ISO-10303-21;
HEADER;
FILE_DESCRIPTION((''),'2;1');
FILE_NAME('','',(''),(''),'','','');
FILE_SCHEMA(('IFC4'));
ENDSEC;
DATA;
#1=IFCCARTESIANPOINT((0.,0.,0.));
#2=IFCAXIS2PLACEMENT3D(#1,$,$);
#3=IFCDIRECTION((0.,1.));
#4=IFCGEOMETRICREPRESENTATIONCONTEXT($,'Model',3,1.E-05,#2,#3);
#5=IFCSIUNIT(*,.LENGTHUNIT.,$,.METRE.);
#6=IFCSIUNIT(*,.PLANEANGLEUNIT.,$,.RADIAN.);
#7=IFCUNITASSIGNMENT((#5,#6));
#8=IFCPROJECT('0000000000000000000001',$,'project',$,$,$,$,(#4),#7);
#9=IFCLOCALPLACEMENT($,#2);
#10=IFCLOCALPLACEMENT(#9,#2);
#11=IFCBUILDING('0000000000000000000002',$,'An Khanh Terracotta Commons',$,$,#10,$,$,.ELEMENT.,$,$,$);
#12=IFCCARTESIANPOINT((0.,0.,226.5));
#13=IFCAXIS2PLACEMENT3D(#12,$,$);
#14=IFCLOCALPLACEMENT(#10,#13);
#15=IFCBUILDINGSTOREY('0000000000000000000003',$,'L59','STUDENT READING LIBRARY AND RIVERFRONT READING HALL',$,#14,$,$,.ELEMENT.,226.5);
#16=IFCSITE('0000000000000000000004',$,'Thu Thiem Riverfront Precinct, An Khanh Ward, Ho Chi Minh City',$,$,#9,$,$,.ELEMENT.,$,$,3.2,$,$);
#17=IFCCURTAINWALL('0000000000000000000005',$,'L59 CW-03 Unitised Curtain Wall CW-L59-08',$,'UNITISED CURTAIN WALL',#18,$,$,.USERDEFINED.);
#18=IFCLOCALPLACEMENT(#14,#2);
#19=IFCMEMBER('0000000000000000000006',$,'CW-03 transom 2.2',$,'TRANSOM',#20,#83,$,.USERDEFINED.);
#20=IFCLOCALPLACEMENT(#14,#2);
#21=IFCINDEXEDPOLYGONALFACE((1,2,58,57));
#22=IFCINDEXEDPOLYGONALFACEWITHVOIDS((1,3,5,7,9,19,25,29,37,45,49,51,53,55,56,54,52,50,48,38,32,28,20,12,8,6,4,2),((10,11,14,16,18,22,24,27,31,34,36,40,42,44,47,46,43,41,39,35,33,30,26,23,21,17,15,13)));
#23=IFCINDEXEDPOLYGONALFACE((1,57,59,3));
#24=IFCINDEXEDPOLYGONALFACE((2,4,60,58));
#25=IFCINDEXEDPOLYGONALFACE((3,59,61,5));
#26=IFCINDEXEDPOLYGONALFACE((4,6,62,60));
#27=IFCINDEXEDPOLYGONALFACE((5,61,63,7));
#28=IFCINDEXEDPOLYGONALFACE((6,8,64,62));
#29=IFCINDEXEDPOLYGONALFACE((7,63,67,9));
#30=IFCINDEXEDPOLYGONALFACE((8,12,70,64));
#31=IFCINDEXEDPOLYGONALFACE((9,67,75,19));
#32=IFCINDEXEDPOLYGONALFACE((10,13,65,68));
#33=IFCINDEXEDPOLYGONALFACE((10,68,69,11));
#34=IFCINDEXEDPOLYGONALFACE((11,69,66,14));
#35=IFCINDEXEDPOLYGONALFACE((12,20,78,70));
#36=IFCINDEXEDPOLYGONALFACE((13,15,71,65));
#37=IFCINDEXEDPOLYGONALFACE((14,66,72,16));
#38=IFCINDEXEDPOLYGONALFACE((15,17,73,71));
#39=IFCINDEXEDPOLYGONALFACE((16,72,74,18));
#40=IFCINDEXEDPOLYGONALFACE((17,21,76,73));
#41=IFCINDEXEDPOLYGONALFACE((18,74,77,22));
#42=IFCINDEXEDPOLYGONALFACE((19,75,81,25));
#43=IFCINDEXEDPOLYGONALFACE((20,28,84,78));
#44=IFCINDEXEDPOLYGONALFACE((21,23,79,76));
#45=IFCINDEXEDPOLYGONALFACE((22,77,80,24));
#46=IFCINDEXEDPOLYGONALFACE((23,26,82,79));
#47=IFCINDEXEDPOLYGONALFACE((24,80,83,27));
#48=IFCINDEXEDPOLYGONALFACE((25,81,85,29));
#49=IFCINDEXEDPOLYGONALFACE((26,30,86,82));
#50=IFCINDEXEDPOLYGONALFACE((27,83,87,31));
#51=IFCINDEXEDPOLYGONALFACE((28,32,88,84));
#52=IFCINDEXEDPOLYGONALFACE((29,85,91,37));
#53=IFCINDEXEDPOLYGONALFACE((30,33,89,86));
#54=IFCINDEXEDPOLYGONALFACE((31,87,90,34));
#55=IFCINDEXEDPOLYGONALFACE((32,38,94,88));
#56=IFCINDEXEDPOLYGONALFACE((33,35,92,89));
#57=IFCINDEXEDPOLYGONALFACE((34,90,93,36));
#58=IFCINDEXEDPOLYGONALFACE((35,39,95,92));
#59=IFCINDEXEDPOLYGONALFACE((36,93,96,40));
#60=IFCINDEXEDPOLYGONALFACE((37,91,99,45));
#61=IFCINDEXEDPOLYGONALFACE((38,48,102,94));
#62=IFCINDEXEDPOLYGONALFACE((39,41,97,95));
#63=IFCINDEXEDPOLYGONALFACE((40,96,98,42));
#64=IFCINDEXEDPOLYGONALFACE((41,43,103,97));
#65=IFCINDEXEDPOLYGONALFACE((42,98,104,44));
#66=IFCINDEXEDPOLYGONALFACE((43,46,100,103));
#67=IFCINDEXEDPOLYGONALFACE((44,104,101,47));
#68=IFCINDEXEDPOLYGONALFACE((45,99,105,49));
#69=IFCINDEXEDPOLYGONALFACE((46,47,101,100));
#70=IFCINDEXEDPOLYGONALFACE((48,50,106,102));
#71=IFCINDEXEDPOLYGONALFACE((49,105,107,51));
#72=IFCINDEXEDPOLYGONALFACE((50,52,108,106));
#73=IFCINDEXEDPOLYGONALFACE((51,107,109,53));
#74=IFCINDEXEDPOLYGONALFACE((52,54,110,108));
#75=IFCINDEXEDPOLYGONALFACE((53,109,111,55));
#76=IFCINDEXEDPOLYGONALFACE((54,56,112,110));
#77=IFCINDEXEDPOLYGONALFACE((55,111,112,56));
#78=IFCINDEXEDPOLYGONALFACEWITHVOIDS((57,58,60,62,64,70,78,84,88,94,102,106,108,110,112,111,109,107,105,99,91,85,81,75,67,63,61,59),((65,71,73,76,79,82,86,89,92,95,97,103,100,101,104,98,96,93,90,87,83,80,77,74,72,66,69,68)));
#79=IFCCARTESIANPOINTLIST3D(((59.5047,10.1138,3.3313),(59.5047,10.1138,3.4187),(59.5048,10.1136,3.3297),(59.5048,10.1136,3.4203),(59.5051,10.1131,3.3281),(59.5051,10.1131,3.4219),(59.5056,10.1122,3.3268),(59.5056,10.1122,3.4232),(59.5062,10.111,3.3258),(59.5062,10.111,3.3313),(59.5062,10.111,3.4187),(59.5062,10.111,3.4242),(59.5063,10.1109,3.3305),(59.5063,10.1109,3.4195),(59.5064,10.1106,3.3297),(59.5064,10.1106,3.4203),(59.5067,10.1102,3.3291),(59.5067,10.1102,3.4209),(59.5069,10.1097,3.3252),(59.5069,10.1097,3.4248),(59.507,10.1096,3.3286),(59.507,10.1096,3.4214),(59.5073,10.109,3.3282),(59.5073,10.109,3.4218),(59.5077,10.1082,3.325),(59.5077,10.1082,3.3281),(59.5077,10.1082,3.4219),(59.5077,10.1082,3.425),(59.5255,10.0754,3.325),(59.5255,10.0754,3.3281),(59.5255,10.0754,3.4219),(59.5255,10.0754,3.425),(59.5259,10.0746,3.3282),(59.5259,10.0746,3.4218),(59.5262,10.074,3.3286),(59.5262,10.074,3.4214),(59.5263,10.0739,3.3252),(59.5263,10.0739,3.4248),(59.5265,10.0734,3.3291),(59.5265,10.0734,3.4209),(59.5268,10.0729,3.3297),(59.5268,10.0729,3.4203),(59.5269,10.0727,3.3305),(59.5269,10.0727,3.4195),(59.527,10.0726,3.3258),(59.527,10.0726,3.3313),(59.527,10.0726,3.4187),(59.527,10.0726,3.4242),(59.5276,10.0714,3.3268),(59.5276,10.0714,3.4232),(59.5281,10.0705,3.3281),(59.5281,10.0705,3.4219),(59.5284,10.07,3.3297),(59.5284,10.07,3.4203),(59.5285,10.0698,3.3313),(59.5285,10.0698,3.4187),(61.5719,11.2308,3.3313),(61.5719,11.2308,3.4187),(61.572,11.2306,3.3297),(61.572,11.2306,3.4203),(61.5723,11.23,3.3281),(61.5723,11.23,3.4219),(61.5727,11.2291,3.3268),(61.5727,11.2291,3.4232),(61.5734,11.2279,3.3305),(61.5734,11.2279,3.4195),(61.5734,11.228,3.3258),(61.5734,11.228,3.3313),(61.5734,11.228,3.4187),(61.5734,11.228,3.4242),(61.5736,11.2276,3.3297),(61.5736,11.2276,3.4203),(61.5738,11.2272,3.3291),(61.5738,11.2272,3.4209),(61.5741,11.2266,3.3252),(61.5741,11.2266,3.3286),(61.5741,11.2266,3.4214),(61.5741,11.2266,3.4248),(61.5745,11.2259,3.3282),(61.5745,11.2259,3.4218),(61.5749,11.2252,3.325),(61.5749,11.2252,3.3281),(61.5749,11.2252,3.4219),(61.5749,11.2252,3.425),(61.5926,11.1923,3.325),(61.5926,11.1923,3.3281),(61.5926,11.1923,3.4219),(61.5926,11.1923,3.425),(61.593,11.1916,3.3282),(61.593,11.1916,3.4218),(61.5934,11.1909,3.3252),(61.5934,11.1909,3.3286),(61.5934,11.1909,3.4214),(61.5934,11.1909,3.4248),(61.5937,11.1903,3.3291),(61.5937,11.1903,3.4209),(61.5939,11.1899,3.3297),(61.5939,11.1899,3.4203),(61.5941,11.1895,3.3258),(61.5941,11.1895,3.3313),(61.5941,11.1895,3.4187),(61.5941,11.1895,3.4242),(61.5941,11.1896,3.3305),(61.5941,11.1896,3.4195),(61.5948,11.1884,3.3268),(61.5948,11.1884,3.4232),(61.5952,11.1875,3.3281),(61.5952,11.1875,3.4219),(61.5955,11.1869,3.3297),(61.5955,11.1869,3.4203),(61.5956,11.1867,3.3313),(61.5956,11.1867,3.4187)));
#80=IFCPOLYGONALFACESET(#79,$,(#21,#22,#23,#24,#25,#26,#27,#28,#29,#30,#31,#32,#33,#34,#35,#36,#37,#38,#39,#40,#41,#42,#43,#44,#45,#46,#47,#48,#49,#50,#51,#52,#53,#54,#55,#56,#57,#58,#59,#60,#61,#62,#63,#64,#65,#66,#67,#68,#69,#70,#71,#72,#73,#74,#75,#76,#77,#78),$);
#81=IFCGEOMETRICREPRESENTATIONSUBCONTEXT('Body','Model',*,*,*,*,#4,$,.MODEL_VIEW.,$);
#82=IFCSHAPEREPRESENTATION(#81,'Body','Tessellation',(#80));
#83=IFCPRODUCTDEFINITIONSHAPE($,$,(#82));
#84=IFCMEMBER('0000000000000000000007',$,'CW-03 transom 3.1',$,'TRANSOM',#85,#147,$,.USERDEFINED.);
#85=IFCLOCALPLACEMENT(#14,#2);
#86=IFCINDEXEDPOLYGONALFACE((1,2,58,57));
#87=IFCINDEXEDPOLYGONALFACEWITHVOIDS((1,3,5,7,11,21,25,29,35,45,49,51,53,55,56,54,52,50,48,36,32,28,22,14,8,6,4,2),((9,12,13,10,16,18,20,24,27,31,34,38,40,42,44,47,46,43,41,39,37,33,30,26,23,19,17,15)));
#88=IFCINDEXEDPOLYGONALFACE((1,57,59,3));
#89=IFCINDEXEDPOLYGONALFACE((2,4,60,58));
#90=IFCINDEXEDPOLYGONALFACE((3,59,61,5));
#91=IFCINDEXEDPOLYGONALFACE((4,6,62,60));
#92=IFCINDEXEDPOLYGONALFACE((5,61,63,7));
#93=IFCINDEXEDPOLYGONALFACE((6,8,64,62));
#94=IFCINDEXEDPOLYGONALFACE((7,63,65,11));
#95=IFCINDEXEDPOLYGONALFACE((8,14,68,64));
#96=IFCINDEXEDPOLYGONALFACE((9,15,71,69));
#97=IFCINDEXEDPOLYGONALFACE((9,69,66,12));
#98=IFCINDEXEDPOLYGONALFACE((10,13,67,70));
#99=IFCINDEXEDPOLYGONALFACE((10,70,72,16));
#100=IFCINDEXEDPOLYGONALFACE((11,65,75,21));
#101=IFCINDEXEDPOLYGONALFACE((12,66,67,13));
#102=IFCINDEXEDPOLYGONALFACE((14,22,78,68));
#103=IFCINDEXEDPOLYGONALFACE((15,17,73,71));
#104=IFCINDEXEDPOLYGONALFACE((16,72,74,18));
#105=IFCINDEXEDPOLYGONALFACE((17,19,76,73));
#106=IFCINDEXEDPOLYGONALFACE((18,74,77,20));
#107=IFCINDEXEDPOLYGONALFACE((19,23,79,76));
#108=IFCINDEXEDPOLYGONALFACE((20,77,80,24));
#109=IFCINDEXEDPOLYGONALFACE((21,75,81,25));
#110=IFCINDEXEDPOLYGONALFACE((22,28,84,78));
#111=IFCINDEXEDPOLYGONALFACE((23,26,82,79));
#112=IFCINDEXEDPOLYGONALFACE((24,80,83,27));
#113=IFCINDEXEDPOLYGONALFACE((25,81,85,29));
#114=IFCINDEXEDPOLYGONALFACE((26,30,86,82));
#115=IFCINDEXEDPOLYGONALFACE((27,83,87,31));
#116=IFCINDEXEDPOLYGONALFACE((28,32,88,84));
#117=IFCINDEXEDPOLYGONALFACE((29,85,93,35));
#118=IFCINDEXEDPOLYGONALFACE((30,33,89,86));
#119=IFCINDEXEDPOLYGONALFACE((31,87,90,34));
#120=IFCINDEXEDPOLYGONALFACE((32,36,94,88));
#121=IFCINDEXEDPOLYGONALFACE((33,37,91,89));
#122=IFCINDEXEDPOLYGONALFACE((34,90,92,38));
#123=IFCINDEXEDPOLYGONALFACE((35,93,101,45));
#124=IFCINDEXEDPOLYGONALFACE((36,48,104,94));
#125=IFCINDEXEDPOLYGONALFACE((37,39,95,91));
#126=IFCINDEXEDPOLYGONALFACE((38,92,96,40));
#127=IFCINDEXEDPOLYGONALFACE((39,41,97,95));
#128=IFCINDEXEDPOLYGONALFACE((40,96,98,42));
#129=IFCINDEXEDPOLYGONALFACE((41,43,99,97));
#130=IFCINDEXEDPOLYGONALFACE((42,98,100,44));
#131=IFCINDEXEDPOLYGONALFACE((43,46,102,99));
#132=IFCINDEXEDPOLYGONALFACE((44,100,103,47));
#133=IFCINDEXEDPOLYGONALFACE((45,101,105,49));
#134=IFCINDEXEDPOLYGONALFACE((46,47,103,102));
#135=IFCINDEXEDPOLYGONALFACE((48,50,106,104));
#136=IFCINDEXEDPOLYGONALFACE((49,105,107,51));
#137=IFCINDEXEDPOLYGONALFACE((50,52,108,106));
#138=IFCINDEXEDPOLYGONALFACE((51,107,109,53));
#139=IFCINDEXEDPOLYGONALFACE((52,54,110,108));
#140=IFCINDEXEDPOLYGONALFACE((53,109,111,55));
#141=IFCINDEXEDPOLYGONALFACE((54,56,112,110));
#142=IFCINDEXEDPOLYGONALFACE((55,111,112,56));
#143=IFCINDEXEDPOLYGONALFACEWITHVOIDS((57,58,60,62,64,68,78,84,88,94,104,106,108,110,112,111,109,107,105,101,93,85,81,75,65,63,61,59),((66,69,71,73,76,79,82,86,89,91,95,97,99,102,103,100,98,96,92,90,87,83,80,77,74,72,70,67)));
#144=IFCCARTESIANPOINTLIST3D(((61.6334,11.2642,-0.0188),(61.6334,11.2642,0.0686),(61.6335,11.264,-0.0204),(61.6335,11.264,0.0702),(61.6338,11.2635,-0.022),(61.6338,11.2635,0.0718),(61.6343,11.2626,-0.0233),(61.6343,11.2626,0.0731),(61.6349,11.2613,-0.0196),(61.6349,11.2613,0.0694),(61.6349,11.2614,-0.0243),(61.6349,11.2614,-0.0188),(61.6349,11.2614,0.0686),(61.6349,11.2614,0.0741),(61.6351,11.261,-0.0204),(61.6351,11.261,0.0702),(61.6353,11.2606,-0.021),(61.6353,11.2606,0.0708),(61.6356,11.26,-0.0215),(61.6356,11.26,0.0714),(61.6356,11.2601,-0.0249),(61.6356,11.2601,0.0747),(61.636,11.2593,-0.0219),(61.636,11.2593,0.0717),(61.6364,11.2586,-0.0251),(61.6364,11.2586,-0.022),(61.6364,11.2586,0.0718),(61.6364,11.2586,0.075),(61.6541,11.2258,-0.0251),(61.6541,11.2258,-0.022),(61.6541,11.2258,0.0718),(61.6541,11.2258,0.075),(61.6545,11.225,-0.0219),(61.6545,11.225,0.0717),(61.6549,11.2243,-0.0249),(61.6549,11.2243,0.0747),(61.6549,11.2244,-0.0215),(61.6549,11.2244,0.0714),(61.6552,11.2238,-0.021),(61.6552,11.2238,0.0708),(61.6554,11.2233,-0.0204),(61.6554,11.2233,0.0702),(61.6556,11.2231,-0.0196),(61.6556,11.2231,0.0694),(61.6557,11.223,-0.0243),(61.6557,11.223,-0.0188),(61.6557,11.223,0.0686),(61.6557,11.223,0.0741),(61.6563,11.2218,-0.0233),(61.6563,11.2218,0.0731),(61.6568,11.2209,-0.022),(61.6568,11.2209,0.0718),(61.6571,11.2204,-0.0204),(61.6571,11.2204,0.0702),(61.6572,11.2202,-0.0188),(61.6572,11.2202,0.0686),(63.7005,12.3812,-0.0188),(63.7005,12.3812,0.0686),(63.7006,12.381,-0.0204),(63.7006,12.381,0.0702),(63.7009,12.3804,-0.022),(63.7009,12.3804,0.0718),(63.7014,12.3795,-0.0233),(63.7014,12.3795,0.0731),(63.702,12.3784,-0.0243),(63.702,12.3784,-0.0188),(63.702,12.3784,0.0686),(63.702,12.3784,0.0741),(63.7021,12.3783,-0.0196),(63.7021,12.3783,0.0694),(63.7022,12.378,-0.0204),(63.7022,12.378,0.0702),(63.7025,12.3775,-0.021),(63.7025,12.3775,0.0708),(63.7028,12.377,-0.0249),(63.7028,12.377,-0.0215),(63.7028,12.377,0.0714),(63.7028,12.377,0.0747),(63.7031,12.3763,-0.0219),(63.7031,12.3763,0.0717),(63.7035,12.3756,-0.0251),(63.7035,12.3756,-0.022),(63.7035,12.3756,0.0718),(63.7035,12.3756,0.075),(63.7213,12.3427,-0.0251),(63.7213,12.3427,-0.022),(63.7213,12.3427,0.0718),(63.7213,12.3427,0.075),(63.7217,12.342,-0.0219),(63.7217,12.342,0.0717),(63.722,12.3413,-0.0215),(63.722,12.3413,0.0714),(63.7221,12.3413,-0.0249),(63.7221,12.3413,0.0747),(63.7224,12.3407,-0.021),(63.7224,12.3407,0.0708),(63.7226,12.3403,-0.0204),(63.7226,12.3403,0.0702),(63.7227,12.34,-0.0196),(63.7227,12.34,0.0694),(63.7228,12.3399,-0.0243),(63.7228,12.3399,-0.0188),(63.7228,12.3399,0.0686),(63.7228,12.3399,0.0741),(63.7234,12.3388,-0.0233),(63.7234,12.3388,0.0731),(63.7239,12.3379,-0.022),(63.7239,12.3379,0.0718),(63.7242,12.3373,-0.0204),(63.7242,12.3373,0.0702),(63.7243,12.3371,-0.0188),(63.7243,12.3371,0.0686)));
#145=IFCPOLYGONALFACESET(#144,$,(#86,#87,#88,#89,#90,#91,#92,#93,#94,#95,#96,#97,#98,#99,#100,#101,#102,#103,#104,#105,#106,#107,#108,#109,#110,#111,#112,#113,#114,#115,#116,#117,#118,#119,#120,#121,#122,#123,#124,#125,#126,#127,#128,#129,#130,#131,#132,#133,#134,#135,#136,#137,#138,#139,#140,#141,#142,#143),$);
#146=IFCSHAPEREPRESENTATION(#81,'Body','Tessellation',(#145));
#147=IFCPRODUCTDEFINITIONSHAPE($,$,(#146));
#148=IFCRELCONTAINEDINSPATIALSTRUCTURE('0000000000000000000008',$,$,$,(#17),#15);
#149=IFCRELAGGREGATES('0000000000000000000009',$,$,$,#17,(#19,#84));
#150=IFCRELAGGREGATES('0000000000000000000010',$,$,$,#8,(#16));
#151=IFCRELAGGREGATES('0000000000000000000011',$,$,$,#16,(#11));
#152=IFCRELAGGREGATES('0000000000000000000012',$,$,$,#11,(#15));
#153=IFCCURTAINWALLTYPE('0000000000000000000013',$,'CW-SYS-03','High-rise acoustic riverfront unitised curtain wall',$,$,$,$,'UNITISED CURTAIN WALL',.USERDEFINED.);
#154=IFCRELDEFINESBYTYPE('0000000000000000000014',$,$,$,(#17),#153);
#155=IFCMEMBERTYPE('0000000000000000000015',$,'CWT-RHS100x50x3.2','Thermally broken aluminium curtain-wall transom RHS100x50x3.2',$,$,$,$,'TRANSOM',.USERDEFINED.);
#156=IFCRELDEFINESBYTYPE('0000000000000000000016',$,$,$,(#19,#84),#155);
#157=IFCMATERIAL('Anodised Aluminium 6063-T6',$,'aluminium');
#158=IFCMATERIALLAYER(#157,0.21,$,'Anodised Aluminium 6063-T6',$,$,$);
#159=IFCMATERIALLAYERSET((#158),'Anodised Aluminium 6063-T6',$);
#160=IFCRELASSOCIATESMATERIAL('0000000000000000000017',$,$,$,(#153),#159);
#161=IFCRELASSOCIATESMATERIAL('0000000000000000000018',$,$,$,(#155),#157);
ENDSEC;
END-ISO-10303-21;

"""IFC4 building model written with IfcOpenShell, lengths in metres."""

from ifc_helpers import new_model, si_unit, direction, frame, origin, origin_2d, place, context, subcontext, project, spatial, hollow_rectangle, extrude, material, layer, layer_set, material_profile, profile_set, type_object, element, aggregate, save


model = new_model("IFC4")

# Units and contexts
model_context = context("Model", 3, precision=1e-05, world=origin(), true_north=direction((0.0, 1.0)))
body_context = subcontext(model_context, "Body", "Model", "MODEL_VIEW")
ifc_project = project(units=[si_unit("LENGTHUNIT", "METRE"), si_unit("PLANEANGLEUNIT", "RADIAN")], contexts=[model_context])

# Site, building, storey
site_placement = place(None, origin())
site = spatial("IfcSite", under=ifc_project, at=site_placement, Name="Thu Thiem Riverfront Precinct, An Khanh Ward, Ho Chi Minh City", CompositionType="ELEMENT", RefElevation=3.2)
building_placement = place(site_placement, origin())
building = spatial("IfcBuilding", under=site, at=building_placement, Name="An Khanh Terracotta Commons", CompositionType="ELEMENT")
storey_placement = place(building_placement, frame((0.0, 0.0, 226.5)))
storey = spatial("IfcBuildingStorey", under=building, at=storey_placement, Name="L59", Description="STUDENT READING LIBRARY AND RIVERFRONT READING HALL", CompositionType="ELEMENT", Elevation=226.5)

# Curtain wall, members
ifc_material_1 = material(Name="Anodised Aluminium 6063-T6", Category="aluminium")
ifc_layer_1 = layer(ifc_material_1, 0.21, Name="Anodised Aluminium 6063-T6")
ifc_layer_set_1 = layer_set([ifc_layer_1], Name="Anodised Aluminium 6063-T6")
curtain_wall_type = type_object("IfcCurtainWallType", Name="CW-SYS-03", Description="High-rise acoustic riverfront unitised curtain wall", ElementType="UNITISED CURTAIN WALL", PredefinedType="USERDEFINED", material=ifc_layer_set_1)
curtain_wall_placement = place(storey_placement, origin())
curtain_wall = element("IfcCurtainWall", 1, at=curtain_wall_placement, inside=storey, type_object=curtain_wall_type, Name="L59 CW-03 Unitised Curtain Wall CW-L59-08", ObjectType="UNITISED CURTAIN WALL", PredefinedType="USERDEFINED")
ifc_material_profile_1 = material_profile(ifc_material_1, hollow_rectangle(XDim=0.05, YDim=0.1001, WallThickness=0.0032, InnerFilletRadius=0.0032, OuterFilletRadius=0.0063, at=origin_2d()), Name="RHS100x50x3.2")
ifc_profile_set_1 = profile_set([ifc_material_profile_1], Name="Anodised Aluminium 6063-T6")
member_type_1 = type_object("IfcMemberType", Name="CWT-RHS100x50x3.2", Description="Thermally broken aluminium curtain-wall transom RHS100x50x3.2", ElementType="TRANSOM", PredefinedType="USERDEFINED", material=ifc_profile_set_1)
member_1_placement = place(storey_placement, frame((59.5166, 10.0918, 3.375), z_axis=(0.879783, 0.475376, 0.0), x_axis=(-0.475376, 0.879783, 0.0)))
member_1 = element("IfcMember", 2, at=member_1_placement, type_object=member_type_1, Name="CW-03 transom 2.2", ObjectType="TRANSOM", PredefinedType="USERDEFINED", context=body_context, shape_type="SweptSolid", body=[
    extrude(hollow_rectangle(XDim=0.05, YDim=0.1001, WallThickness=0.0032, InnerFilletRadius=0.0032, OuterFilletRadius=0.0063, at=origin_2d()), origin(), (0.0, 0.0, 1.0), 2.3496),
])
member_2_placement = place(storey_placement, frame((61.6453, 11.2422, 0.0249), z_axis=(0.879783, 0.475376, 0.0), x_axis=(-0.475376, 0.879783, 0.0)))
member_2 = element("IfcMember", 3, at=member_2_placement, type_object=member_type_1, Name="CW-03 transom 3.1", ObjectType="TRANSOM", PredefinedType="USERDEFINED", context=body_context, shape_type="SweptSolid", body=[
    extrude(hollow_rectangle(XDim=0.05, YDim=0.1001, WallThickness=0.0032, InnerFilletRadius=0.0032, OuterFilletRadius=0.0063, at=origin_2d()), origin(), (0.0, 0.0, 1.0), 2.3496),
])
aggregate(curtain_wall, [member_1, member_2])

save(model, "model.ifc")
